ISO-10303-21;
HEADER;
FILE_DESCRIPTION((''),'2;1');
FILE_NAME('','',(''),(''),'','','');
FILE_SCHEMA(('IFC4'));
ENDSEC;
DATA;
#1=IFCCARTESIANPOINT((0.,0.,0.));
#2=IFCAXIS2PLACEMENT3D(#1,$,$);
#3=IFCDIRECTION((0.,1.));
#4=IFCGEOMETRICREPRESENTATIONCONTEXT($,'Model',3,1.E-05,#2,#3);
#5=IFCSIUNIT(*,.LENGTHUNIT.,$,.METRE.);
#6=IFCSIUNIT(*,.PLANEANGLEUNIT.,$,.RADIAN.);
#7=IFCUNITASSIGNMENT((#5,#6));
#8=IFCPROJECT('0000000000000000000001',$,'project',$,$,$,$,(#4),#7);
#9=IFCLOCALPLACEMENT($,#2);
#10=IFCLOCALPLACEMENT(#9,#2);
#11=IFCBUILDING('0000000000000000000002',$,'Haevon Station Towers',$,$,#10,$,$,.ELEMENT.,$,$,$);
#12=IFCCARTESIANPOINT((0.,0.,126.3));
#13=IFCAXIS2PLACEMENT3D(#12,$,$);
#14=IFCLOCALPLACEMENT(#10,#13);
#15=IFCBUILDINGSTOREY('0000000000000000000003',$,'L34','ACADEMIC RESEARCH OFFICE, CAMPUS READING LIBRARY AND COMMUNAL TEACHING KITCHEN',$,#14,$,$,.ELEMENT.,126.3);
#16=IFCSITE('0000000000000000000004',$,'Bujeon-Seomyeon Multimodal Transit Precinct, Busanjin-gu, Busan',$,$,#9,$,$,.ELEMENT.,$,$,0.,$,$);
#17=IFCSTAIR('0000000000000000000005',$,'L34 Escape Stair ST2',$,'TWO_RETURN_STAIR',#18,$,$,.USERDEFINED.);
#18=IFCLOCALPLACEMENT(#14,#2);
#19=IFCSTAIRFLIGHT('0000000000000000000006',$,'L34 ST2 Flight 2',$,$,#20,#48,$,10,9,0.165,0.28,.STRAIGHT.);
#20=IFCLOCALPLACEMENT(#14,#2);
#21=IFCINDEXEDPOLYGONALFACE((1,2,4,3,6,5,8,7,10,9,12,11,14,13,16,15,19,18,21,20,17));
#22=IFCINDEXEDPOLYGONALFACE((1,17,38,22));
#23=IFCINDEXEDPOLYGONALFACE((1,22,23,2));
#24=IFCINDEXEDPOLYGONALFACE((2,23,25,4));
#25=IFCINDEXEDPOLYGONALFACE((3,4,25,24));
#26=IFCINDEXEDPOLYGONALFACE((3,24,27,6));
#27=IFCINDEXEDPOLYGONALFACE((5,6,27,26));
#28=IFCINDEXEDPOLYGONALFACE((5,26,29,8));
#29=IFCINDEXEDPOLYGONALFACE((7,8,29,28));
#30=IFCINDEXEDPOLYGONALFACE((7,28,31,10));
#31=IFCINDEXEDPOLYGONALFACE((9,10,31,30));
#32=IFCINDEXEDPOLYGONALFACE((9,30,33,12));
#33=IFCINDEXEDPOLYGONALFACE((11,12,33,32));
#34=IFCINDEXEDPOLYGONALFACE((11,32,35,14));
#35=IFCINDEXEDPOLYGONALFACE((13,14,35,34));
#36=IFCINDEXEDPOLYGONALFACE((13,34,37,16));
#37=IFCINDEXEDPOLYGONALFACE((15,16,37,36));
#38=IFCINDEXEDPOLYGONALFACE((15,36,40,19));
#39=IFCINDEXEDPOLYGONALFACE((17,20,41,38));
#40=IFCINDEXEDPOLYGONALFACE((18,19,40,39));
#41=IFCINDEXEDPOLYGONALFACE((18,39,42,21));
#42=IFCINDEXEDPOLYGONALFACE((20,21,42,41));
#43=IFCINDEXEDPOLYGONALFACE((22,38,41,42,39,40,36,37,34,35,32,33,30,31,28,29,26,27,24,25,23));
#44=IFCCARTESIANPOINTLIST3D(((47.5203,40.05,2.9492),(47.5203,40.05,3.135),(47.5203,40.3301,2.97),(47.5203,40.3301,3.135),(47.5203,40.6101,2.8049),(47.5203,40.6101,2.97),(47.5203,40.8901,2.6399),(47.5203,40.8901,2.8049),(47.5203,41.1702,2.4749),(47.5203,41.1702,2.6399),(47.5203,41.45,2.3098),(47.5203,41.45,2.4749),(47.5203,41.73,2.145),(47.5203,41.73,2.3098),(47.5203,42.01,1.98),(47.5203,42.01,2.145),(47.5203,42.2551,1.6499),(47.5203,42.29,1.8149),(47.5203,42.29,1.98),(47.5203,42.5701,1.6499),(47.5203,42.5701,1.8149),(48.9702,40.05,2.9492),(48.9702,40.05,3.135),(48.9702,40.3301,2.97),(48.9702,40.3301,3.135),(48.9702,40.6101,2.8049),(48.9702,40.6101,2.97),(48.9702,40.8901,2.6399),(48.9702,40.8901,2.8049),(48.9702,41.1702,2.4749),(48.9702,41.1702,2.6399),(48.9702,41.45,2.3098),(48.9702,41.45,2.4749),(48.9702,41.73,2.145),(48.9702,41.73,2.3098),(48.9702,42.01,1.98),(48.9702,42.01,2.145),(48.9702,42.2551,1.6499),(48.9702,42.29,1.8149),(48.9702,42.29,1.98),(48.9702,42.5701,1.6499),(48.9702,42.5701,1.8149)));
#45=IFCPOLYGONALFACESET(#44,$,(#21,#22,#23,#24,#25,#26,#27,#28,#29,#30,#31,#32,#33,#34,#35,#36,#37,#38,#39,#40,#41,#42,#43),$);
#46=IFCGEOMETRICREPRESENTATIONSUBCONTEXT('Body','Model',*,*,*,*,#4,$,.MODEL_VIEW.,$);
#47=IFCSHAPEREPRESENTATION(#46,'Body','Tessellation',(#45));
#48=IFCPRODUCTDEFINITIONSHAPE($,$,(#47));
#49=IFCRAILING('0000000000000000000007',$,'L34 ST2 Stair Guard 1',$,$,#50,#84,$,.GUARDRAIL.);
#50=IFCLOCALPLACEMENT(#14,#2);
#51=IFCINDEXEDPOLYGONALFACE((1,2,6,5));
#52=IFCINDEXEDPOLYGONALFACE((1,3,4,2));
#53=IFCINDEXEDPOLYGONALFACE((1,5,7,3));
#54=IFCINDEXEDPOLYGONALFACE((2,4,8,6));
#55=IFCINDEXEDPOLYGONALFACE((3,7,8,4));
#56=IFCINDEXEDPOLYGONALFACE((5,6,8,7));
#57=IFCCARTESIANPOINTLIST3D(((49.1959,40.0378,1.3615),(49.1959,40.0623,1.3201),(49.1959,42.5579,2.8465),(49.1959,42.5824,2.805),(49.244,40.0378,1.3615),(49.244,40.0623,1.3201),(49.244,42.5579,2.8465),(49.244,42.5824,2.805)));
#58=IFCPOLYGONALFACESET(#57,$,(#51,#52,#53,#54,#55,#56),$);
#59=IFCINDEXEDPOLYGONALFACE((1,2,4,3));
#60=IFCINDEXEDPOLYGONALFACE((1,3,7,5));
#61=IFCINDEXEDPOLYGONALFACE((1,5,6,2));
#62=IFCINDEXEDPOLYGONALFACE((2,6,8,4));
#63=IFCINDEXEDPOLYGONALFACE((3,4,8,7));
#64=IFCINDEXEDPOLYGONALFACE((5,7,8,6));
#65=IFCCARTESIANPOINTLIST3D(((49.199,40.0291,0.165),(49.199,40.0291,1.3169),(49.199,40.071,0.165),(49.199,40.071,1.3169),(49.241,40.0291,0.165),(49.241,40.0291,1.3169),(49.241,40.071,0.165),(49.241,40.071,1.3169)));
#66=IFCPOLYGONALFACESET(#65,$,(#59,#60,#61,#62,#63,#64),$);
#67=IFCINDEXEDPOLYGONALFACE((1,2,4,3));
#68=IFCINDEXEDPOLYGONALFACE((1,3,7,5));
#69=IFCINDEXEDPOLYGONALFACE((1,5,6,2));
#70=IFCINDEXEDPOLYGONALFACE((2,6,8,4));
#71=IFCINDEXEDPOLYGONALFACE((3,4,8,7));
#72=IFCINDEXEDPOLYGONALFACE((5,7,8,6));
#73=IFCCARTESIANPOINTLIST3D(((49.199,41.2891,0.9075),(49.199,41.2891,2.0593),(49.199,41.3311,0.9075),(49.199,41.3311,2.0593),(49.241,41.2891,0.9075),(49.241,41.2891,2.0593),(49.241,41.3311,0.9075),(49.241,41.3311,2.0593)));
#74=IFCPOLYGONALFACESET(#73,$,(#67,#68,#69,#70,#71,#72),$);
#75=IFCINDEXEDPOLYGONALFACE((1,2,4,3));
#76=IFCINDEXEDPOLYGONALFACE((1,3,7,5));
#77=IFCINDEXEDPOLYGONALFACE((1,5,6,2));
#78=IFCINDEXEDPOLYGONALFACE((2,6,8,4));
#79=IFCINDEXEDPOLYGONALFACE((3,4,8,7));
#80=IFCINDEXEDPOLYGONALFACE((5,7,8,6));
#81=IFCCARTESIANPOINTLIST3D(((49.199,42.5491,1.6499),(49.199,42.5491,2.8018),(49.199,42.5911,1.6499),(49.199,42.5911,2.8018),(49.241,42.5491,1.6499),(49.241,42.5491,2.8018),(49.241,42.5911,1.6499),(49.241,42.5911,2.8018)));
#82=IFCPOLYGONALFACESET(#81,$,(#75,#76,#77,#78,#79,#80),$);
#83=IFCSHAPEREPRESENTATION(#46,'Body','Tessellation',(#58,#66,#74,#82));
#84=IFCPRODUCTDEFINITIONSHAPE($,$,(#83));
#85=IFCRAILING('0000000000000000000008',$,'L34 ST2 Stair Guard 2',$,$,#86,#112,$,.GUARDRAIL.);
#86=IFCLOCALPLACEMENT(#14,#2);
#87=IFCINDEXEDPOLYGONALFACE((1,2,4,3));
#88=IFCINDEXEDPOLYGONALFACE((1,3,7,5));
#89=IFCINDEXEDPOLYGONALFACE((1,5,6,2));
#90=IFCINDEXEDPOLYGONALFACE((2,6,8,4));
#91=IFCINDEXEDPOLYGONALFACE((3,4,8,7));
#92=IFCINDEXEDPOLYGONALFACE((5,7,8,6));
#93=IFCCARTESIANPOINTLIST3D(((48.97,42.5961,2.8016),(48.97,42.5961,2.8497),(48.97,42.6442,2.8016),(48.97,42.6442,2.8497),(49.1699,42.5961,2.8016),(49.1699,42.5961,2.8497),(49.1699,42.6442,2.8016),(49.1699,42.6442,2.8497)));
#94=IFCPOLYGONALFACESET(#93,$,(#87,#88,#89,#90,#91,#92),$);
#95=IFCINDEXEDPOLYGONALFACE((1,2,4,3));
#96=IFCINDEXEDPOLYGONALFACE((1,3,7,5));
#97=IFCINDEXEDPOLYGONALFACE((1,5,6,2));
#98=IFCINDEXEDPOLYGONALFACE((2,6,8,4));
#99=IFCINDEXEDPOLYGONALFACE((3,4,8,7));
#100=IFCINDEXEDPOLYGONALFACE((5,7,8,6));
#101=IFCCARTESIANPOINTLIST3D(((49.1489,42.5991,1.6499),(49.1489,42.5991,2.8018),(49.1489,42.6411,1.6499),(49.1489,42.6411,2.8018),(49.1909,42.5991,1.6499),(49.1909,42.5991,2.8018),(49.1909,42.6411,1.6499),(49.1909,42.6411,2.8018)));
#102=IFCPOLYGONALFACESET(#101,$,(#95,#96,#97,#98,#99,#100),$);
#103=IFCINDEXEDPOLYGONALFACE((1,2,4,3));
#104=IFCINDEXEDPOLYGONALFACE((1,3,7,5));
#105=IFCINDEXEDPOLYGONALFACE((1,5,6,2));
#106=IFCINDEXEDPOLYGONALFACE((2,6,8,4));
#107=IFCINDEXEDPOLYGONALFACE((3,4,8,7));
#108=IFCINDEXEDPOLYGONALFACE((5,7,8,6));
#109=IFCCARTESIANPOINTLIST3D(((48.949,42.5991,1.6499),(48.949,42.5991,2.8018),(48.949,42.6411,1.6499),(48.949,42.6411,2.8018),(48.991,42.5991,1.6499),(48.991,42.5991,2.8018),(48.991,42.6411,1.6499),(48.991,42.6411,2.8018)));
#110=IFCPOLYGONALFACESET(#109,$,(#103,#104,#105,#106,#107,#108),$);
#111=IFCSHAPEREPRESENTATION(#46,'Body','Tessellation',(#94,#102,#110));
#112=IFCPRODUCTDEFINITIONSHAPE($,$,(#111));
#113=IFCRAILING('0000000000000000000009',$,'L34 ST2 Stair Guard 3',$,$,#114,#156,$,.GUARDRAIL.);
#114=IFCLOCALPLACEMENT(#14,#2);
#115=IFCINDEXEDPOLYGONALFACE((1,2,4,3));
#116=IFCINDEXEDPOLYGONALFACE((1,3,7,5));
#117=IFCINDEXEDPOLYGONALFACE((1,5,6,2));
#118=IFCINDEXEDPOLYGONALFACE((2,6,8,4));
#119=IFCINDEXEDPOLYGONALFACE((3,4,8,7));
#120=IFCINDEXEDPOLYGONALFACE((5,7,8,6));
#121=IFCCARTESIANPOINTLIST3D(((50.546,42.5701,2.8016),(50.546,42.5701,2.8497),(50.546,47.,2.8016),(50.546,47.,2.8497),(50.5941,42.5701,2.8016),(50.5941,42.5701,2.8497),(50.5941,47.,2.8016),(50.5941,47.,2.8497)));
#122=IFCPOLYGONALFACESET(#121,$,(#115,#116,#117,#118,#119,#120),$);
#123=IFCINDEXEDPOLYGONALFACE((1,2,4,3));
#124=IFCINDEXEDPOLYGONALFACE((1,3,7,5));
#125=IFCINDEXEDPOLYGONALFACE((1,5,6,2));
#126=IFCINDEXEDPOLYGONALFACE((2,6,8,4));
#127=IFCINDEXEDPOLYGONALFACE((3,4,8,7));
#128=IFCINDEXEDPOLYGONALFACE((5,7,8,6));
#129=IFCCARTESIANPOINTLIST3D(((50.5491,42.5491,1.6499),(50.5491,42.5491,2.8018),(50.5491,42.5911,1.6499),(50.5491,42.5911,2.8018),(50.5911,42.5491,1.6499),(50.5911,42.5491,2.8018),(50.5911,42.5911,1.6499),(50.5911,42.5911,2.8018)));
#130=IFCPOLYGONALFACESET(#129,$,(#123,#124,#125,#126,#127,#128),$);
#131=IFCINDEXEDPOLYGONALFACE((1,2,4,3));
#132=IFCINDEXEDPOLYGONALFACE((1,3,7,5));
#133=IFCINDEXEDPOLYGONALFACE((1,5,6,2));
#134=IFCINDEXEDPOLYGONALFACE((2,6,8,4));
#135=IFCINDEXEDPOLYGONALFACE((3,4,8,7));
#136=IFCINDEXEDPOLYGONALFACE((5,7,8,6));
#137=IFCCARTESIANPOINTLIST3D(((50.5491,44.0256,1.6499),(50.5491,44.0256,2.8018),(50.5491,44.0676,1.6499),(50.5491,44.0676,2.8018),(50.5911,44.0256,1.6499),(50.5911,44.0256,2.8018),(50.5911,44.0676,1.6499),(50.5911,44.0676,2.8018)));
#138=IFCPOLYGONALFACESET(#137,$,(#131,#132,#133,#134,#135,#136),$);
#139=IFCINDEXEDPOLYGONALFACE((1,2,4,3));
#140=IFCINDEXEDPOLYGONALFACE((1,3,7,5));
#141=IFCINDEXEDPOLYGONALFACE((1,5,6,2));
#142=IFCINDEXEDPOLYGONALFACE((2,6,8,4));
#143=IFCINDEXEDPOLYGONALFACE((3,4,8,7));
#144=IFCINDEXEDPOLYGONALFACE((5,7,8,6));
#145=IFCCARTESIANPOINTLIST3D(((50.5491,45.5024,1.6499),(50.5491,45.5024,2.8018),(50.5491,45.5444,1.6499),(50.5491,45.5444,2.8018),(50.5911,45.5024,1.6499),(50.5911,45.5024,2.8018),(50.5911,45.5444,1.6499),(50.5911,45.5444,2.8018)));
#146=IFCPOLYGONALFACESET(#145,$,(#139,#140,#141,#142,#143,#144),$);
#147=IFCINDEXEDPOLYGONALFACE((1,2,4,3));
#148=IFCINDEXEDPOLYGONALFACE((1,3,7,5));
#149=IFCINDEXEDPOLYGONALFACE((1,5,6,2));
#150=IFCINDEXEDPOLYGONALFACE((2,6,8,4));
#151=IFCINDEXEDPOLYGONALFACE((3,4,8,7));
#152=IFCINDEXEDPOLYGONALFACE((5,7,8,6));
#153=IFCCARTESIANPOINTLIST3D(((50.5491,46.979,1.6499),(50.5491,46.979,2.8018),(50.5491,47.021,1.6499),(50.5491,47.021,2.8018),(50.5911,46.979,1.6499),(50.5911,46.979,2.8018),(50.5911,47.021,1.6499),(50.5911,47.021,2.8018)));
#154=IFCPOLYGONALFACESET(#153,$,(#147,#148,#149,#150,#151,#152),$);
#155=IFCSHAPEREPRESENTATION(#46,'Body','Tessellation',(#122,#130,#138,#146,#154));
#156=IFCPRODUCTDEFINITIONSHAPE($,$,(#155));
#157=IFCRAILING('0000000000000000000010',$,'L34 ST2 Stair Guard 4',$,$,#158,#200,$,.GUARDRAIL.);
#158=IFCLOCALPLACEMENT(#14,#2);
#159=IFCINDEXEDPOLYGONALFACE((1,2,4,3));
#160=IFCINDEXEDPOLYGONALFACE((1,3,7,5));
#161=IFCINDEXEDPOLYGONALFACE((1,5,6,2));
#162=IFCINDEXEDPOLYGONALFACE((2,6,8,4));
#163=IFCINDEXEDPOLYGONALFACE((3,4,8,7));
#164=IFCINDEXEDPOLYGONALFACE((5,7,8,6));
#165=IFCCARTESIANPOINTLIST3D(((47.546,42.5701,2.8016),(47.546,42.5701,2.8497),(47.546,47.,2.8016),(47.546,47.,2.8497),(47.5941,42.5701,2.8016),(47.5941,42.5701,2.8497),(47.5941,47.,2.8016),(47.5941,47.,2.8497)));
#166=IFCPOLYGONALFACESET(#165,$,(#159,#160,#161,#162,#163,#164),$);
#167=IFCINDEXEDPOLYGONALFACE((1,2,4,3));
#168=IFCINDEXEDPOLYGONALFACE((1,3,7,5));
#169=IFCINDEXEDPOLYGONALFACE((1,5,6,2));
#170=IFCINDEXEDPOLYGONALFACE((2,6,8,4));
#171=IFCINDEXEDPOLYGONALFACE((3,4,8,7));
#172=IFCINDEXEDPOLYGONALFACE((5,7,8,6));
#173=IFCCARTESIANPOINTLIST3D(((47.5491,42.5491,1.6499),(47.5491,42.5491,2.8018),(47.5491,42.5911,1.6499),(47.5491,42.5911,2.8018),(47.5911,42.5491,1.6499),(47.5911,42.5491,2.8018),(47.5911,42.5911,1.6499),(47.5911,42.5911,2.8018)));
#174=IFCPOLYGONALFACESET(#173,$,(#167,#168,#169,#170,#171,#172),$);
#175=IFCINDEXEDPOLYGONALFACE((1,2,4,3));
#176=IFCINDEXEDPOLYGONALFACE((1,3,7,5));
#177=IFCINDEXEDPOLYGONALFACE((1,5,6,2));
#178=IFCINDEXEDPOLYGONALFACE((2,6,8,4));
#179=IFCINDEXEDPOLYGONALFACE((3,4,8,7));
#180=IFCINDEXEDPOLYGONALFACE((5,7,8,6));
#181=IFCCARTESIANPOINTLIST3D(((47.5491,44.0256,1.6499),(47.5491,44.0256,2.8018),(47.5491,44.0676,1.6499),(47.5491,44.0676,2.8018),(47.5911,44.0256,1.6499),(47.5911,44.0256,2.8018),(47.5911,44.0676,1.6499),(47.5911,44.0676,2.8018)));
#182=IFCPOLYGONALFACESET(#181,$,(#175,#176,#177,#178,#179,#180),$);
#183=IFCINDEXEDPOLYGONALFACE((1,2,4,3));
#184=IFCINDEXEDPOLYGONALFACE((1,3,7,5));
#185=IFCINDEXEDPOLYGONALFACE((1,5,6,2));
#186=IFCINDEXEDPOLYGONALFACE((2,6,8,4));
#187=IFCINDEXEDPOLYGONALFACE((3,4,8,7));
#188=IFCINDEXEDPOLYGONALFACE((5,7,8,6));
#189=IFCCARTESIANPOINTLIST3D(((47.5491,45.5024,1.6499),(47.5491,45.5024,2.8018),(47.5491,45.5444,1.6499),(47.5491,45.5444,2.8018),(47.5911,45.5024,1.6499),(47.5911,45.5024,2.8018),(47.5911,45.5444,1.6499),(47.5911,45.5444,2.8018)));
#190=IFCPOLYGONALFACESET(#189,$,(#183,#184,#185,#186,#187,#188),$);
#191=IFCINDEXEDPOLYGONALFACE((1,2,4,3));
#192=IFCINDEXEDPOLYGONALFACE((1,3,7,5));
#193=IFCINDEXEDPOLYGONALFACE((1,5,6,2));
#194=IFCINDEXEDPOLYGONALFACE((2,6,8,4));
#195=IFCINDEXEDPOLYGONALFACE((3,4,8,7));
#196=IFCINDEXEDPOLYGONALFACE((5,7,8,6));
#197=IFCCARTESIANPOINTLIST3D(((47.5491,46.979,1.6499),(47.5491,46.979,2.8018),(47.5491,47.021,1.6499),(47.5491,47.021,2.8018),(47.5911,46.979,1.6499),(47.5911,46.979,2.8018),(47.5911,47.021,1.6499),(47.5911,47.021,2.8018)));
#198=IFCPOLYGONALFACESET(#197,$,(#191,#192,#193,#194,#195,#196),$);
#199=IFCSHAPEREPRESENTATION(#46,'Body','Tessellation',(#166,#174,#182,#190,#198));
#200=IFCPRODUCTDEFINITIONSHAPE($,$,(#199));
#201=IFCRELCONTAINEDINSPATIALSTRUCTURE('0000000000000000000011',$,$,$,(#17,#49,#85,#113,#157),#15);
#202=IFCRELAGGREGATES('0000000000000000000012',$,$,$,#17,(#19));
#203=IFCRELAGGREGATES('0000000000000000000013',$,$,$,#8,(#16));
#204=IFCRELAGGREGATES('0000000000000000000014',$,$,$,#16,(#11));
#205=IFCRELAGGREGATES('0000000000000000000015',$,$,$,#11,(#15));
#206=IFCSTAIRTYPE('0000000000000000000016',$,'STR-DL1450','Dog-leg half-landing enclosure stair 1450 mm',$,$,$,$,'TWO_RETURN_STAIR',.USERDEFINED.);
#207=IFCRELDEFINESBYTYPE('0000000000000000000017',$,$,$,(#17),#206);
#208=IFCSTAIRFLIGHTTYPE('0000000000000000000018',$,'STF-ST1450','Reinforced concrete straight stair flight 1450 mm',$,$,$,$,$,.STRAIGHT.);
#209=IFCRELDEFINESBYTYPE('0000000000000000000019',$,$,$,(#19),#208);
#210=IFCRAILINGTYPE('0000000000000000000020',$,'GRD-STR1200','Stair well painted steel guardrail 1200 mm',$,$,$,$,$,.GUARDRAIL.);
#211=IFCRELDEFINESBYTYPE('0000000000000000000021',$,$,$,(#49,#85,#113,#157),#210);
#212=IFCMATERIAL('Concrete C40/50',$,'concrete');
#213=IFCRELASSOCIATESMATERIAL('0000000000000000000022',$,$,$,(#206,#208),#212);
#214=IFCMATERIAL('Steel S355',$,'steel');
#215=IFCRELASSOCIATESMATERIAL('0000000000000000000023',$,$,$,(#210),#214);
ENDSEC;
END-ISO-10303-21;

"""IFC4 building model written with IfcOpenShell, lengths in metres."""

from ifc_helpers import new_model, si_unit, direction, frame, origin, origin_2d, place, context, subcontext, project, spatial, polyline, rectangle, outline, extrude, material, type_object, element, aggregate, save


model = new_model("IFC4")

# Units and contexts
model_context = context("Model", 3, precision=1e-05, world=origin(), true_north=direction((0.0, 1.0)))
body_context = subcontext(model_context, "Body", "Model", "MODEL_VIEW")
ifc_project = project(units=[si_unit("LENGTHUNIT", "METRE"), si_unit("PLANEANGLEUNIT", "RADIAN")], contexts=[model_context])

# Site, building, storey
site_placement = place(None, origin())
site = spatial("IfcSite", under=ifc_project, at=site_placement, Name="Bujeon-Seomyeon Multimodal Transit Precinct, Busanjin-gu, Busan", CompositionType="ELEMENT", RefElevation=0.0)
building_placement = place(site_placement, origin())
building = spatial("IfcBuilding", under=site, at=building_placement, Name="Haevon Station Towers", CompositionType="ELEMENT")
storey_placement = place(building_placement, frame((0.0, 0.0, 126.3)))
storey = spatial("IfcBuildingStorey", under=building, at=storey_placement, Name="L34", Description="ACADEMIC RESEARCH OFFICE, CAMPUS READING LIBRARY AND COMMUNAL TEACHING KITCHEN", CompositionType="ELEMENT", Elevation=126.3)

# Shared definitions
ifc_material_1 = material(Name="Steel S355", Category="steel")

# Shared definitions
ifc_material_2 = material(Name="Concrete C40/50", Category="concrete")

# Stair, stair flight
stair_type = type_object("IfcStairType", Name="STR-DL1450", Description="Dog-leg half-landing enclosure stair 1450 mm", ElementType="TWO_RETURN_STAIR", PredefinedType="USERDEFINED", material=ifc_material_2)
stair_placement = place(storey_placement, origin())
stair = element("IfcStair", 1, at=stair_placement, inside=storey, type_object=stair_type, Name="L34 Escape Stair ST2", ObjectType="TWO_RETURN_STAIR", PredefinedType="USERDEFINED")
stair_flight_type = type_object("IfcStairFlightType", Name="STF-ST1450", Description="Reinforced concrete straight stair flight 1450 mm", PredefinedType="STRAIGHT", material=ifc_material_2)
stair_flight_1_placement = place(storey_placement, frame((48.2451, 42.5701, 1.6499), z_axis=(0.0, 0.0, 1.0), x_axis=(0.0, -1.0, 0.0)))
stair_flight_1 = element("IfcStairFlight", 2, at=stair_flight_1_placement, type_object=stair_flight_type, Name="L34 ST2 Flight 2", NumberOfRisers=10, NumberOfTreads=9, PredefinedType="STRAIGHT", RiserHeight=0.165, TreadLength=0.28, context=body_context, shape_type="SweptSolid", body=[
    extrude(outline(polyline([(0.0, 0.0), (0.0, 0.165), (0.28, 0.165), (0.28, 0.3301), (0.5601, 0.3301), (0.5601, 0.4951), (0.8401, 0.4951), (0.8401, 0.6599), (1.1201, 0.6599), (1.1201, 0.825), (1.3999, 0.825), (1.3999, 0.99), (1.6799, 0.99), (1.6799, 1.155), (1.96, 1.155), (1.96, 1.3201), (2.24, 1.3201), (2.24, 1.4851), (2.52, 1.4851), (2.52, 1.6499), (2.52, 1.2993), (0.3149, 0.0), (0.0, 0.0)])), frame((0.0, 0.7251, 0.0), z_axis=(0.0, -1.0, 0.0), x_axis=(1.0, 0.0, 0.0)), (0.0, 0.0, 1.0), 1.45),
])
aggregate(stair, [stair_flight_1])

# Railings
railing_type_1 = type_object("IfcRailingType", Name="GRD-STR1200", Description="Stair well painted steel guardrail 1200 mm", PredefinedType="GUARDRAIL", material=ifc_material_1)
railing_1_placement = place(storey_placement, frame((49.22, 40.05, 0.165)))
element("IfcRailing", 3, at=railing_1_placement, inside=storey, type_object=railing_type_1, Name="L34 ST2 Stair Guard 1", PredefinedType="GUARDRAIL", context=body_context, shape_type="SweptSolid", body=[
    extrude(rectangle(XDim=0.0481, YDim=0.0481, at=origin_2d()), frame((0.0, 0.0, 1.1758), z_axis=(0.0, 0.861561, 0.507655), x_axis=(-1.0, 0.0, 0.0)), (0.0, 0.0, 1.0), 2.925),
    extrude(rectangle(XDim=0.042, YDim=0.042, at=origin_2d()), origin(), (0.0, 0.0, 1.0), 1.1519),
    extrude(rectangle(XDim=0.042, YDim=0.042, at=origin_2d()), frame((0.0, 1.26, 0.7424)), (0.0, 0.0, 1.0), 1.1519),
    extrude(rectangle(XDim=0.042, YDim=0.042, at=origin_2d()), frame((0.0, 2.52, 1.4849)), (0.0, 0.0, 1.0), 1.1519),
])
railing_2_placement = place(storey_placement, frame((49.1699, 42.6201, 1.6499)))
element("IfcRailing", 4, at=railing_2_placement, inside=storey, type_object=railing_type_1, Name="L34 ST2 Stair Guard 2", PredefinedType="GUARDRAIL", context=body_context, shape_type="SweptSolid", body=[
    extrude(rectangle(XDim=0.0481, YDim=0.0481, at=origin_2d()), frame((0.0, 0.0, 1.1758), z_axis=(-1.0, 0.0, 0.0), x_axis=(0.0, -1.0, 0.0)), (0.0, 0.0, 1.0), 0.2),
    extrude(rectangle(XDim=0.042, YDim=0.042, at=origin_2d()), origin(), (0.0, 0.0, 1.0), 1.1519),
    extrude(rectangle(XDim=0.042, YDim=0.042, at=origin_2d()), frame((-0.2, 0.0, 0.0)), (0.0, 0.0, 1.0), 1.1519),
])
for number, where, name in (
    (5, (50.5701, 42.5701, 1.6499), "L34 ST2 Stair Guard 3"),
    (6, (47.5701, 42.5701, 1.6499), "L34 ST2 Stair Guard 4"),
):
    element("IfcRailing", number, at=place(storey_placement, frame(where)), inside=storey, type_object=railing_type_1, Name=name, PredefinedType="GUARDRAIL", context=body_context, shape_type="SweptSolid", body=[
        extrude(rectangle(XDim=0.0481, YDim=0.0481, at=origin_2d()), frame((0.0, 0.0, 1.1758), z_axis=(0.0, 1.0, 0.0), x_axis=(-1.0, 0.0, 0.0)), (0.0, 0.0, 1.0), 4.4299),
        extrude(rectangle(XDim=0.042, YDim=0.042, at=origin_2d()), origin(), (0.0, 0.0, 1.0), 1.1519),
        extrude(rectangle(XDim=0.042, YDim=0.042, at=origin_2d()), frame((0.0, 1.4766, 0.0)), (0.0, 0.0, 1.0), 1.1519),
        extrude(rectangle(XDim=0.042, YDim=0.042, at=origin_2d()), frame((0.0, 2.9534, 0.0)), (0.0, 0.0, 1.0), 1.1519),
        extrude(rectangle(XDim=0.042, YDim=0.042, at=origin_2d()), frame((0.0, 4.4299, 0.0)), (0.0, 0.0, 1.0), 1.1519),
    ])

save(model, "model.ifc")
